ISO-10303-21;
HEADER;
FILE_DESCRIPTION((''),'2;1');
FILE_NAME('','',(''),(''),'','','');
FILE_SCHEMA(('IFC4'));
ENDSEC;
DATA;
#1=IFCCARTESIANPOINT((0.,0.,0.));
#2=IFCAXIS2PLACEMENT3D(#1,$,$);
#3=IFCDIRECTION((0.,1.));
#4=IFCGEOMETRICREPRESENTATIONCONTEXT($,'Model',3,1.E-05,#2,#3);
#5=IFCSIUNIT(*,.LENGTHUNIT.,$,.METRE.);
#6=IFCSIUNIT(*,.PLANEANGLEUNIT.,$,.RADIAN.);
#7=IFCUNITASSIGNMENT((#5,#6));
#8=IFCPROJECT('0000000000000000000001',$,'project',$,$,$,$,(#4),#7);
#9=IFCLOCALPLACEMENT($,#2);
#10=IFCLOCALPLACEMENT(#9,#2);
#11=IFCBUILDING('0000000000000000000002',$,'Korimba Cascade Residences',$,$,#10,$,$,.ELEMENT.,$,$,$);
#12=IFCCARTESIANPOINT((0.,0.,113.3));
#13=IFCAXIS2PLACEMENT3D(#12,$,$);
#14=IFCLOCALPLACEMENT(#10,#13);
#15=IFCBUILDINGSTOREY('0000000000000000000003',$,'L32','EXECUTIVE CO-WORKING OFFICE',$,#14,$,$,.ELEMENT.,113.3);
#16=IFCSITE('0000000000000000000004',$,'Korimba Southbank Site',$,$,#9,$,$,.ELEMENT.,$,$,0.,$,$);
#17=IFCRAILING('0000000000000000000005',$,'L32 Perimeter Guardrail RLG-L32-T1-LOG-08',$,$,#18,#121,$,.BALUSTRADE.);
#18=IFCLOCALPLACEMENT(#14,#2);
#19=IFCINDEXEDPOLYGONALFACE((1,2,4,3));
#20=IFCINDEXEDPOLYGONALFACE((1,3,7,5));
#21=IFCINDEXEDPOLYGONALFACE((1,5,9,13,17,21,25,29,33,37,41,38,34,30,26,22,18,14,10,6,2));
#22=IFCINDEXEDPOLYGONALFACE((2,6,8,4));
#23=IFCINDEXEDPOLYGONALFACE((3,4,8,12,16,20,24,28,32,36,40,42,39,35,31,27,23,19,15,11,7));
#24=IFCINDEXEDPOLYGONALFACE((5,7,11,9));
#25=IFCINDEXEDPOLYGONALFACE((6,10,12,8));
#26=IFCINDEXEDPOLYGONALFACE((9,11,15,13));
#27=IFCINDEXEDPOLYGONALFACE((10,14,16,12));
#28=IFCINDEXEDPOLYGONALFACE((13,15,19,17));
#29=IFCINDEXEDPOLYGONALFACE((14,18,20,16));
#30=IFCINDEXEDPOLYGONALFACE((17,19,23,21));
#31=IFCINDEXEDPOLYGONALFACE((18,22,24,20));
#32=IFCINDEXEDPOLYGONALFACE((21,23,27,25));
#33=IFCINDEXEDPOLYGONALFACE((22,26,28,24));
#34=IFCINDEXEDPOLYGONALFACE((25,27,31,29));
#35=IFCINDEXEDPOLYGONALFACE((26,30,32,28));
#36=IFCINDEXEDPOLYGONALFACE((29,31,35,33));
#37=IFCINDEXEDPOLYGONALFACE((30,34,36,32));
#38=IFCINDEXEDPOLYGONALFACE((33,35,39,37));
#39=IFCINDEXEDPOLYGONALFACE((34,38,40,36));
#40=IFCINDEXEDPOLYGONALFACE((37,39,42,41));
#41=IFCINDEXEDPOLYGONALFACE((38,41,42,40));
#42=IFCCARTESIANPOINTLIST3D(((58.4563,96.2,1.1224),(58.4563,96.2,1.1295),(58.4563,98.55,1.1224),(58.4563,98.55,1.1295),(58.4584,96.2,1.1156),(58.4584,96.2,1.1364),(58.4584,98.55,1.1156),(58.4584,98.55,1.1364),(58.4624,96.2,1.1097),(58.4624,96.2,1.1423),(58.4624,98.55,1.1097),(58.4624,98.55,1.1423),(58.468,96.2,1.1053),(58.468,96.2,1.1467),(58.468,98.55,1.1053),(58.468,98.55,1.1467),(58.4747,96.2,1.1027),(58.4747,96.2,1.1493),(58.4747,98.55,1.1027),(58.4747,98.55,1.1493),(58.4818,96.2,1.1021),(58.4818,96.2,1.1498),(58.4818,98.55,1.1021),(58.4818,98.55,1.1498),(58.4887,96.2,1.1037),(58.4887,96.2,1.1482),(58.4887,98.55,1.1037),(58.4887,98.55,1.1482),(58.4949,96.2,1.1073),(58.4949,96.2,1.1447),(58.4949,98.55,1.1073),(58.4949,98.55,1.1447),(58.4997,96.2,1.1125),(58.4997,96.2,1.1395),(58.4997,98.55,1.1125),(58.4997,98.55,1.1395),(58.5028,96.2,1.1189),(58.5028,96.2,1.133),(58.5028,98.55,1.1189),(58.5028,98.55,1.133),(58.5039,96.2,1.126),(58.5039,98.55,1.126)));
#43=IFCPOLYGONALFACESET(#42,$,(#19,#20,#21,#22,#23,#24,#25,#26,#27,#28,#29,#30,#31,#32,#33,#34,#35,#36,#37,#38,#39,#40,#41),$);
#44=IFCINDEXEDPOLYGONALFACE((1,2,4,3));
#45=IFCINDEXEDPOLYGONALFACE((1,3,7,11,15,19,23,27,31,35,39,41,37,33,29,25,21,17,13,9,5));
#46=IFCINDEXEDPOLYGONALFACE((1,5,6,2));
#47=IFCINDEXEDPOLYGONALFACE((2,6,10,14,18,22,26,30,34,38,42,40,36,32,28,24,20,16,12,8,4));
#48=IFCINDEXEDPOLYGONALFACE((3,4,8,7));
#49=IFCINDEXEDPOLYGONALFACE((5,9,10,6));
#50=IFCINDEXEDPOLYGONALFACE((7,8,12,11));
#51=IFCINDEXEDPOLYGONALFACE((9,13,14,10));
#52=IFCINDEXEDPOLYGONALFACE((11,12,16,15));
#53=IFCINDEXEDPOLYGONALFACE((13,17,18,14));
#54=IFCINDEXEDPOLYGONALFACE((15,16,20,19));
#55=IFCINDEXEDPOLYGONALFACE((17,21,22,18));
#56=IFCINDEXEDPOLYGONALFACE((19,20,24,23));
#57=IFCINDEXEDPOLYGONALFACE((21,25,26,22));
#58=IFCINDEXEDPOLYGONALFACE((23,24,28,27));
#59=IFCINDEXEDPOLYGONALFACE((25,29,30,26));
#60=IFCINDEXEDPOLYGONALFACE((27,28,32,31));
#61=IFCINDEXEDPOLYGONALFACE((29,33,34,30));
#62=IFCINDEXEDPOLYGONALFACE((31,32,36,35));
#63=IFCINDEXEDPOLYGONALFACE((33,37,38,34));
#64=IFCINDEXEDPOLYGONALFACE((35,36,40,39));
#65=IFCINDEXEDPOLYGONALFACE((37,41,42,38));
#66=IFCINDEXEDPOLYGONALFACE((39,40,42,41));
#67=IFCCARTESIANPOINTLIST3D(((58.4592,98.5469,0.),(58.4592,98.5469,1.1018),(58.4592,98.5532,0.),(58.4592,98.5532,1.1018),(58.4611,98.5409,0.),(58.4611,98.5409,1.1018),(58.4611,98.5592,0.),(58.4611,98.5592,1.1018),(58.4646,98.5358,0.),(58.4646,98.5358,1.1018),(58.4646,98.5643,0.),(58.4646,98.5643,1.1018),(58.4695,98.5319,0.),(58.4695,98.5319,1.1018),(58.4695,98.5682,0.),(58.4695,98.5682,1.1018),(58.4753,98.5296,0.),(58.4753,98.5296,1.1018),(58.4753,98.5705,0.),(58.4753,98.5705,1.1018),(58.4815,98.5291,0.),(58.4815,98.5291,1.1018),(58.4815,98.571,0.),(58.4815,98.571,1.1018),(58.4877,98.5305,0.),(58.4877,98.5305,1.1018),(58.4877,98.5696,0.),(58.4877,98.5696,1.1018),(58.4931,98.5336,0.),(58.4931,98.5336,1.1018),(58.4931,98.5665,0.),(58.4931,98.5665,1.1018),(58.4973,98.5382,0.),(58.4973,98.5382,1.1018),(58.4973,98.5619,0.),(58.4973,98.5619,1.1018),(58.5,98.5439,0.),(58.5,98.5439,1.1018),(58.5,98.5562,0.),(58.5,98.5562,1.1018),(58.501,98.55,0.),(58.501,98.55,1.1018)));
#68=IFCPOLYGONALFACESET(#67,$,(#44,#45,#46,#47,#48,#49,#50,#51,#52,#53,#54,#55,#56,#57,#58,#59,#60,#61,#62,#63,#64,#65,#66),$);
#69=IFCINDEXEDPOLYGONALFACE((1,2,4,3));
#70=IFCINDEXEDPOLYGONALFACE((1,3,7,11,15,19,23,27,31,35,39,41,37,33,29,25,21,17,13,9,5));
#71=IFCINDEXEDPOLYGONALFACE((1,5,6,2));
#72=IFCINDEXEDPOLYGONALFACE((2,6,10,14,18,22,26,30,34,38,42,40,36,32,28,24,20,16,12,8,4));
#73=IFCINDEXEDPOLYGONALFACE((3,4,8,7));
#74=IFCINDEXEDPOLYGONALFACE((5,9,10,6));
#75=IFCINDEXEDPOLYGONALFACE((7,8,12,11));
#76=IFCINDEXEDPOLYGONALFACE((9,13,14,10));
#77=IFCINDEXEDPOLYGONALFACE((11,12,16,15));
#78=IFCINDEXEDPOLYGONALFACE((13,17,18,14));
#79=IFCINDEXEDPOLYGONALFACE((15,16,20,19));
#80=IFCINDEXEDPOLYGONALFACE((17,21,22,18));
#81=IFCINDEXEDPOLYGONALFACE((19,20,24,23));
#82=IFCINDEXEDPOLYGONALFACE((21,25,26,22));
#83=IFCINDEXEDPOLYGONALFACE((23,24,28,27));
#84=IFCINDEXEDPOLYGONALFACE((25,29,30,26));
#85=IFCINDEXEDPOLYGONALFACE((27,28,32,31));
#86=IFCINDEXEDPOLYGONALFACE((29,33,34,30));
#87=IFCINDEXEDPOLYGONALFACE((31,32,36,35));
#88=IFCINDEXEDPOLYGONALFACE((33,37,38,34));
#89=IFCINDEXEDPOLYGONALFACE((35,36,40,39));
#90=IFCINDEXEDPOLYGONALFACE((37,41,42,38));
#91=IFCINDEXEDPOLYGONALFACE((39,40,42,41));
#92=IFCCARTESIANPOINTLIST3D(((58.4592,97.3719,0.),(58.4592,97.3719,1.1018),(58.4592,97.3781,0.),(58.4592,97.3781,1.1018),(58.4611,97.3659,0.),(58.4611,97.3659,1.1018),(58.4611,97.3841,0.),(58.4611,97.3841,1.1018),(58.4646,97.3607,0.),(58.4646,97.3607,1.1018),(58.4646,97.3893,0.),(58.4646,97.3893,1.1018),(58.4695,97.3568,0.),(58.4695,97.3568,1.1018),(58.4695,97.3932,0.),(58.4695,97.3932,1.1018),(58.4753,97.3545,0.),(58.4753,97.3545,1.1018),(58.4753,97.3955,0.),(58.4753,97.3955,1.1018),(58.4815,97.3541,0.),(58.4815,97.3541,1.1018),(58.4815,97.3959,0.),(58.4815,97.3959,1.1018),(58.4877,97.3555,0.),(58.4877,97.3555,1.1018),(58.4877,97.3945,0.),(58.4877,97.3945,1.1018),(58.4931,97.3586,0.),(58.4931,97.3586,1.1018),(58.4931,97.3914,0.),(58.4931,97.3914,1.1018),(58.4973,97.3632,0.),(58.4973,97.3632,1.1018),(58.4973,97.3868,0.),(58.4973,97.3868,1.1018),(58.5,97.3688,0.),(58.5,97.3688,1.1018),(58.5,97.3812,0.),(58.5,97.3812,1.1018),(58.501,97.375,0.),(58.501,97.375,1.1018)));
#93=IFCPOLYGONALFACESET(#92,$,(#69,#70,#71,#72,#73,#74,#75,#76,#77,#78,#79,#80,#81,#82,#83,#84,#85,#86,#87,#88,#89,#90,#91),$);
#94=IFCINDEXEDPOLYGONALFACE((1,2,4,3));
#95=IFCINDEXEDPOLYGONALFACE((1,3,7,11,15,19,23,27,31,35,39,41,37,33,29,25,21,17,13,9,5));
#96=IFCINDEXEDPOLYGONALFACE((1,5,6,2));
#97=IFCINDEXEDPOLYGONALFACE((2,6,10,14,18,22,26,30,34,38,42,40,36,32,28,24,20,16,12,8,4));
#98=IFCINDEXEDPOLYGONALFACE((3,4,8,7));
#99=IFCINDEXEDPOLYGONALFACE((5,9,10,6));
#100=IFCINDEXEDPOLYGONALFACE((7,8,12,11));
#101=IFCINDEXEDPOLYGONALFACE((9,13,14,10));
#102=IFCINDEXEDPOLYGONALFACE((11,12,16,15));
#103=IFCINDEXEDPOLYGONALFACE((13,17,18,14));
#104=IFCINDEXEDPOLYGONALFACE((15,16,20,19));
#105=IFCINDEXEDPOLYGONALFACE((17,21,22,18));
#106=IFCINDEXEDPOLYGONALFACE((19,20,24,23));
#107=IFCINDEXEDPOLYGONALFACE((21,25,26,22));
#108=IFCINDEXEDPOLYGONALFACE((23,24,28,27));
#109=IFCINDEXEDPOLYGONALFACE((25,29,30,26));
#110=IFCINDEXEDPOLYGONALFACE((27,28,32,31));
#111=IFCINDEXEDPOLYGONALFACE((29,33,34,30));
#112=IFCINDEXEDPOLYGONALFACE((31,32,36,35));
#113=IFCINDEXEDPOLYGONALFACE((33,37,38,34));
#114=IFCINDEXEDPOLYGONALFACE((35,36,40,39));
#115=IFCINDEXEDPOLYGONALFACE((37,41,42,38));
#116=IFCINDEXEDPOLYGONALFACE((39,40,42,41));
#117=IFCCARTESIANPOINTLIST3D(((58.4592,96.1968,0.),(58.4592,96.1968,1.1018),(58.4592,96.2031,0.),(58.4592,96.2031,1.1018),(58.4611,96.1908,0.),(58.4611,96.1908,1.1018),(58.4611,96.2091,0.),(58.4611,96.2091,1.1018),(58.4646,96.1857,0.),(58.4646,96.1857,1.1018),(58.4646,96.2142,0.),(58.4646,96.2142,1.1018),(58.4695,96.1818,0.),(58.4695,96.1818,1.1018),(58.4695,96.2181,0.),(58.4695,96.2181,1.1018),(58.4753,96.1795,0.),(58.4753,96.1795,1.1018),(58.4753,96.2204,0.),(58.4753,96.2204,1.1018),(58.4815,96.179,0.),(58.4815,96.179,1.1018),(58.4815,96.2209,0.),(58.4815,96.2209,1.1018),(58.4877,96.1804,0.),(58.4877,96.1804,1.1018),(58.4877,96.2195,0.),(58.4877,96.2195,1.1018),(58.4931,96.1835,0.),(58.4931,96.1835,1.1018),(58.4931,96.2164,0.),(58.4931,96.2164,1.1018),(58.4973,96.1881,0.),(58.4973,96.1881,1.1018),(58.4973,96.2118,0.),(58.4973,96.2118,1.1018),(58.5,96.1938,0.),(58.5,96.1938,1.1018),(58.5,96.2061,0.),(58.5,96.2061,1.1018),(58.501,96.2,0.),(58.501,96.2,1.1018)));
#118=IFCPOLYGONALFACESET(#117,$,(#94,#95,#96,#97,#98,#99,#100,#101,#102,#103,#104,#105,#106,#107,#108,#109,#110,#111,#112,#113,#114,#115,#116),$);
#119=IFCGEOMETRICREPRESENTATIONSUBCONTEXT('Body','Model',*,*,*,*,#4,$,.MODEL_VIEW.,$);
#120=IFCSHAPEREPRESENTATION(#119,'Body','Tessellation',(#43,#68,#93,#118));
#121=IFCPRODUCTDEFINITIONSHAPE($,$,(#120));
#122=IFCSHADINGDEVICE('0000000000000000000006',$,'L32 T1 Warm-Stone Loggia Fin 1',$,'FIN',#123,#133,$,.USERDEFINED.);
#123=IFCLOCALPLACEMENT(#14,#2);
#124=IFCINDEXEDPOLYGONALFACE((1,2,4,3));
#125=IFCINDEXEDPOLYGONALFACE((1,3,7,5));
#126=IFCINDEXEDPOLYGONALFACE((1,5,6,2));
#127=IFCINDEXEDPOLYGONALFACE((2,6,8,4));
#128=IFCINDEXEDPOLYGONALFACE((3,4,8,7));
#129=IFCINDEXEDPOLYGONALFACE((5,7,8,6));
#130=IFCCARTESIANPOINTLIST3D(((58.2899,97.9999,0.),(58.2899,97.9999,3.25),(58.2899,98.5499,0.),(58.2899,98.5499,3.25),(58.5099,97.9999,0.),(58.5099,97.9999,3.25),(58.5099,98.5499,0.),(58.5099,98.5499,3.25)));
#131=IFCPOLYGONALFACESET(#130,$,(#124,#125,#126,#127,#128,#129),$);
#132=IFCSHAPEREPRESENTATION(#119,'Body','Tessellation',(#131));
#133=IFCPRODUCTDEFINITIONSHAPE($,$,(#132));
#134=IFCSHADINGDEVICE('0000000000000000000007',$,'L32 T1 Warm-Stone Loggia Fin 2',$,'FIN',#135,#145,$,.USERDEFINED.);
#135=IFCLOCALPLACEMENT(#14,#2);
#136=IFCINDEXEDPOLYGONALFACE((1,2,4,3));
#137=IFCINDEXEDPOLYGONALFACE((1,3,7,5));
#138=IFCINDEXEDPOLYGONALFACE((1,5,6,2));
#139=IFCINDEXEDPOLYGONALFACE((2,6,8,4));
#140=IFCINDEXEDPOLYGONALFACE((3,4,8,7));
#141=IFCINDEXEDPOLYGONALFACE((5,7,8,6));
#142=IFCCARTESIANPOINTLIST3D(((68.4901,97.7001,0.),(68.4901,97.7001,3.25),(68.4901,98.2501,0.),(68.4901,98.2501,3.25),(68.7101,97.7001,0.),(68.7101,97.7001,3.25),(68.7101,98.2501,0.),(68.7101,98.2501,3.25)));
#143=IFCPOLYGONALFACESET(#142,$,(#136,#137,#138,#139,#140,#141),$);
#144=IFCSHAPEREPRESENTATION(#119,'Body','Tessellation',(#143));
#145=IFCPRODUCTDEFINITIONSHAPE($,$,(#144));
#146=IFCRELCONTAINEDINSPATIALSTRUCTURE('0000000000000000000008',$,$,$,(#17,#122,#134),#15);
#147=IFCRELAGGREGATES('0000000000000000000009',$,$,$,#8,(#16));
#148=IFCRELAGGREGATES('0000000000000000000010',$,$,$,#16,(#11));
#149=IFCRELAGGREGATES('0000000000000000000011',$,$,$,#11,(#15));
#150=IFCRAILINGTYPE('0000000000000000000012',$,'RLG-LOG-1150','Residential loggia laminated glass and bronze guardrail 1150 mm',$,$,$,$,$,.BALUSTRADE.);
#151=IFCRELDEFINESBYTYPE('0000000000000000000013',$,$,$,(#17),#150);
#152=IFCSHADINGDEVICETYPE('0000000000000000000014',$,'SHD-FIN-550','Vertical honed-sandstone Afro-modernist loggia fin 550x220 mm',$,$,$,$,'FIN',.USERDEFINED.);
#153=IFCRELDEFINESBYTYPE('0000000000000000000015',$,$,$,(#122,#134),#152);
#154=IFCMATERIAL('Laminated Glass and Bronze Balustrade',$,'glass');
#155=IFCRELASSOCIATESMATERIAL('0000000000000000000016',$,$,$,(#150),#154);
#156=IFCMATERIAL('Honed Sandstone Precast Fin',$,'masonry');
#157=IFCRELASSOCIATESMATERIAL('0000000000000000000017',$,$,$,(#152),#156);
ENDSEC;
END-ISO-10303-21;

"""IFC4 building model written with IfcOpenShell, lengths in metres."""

from ifc_helpers import new_model, si_unit, direction, frame, origin, origin_2d, place, context, subcontext, project, spatial, rectangle, circle, extrude, material, type_object, element, save


model = new_model("IFC4")

# Units and contexts
model_context = context("Model", 3, precision=1e-05, world=origin(), true_north=direction((0.0, 1.0)))
body_context = subcontext(model_context, "Body", "Model", "MODEL_VIEW")
ifc_project = project(units=[si_unit("LENGTHUNIT", "METRE"), si_unit("PLANEANGLEUNIT", "RADIAN")], contexts=[model_context])

# Site, building, storey
site_placement = place(None, origin())
site = spatial("IfcSite", under=ifc_project, at=site_placement, Name="Korimba Southbank Site", CompositionType="ELEMENT", RefElevation=0.0)
building_placement = place(site_placement, origin())
building = spatial("IfcBuilding", under=site, at=building_placement, Name="Korimba Cascade Residences", CompositionType="ELEMENT")
storey_placement = place(building_placement, frame((0.0, 0.0, 113.3)))
storey = spatial("IfcBuildingStorey", under=building, at=storey_placement, Name="L32", Description="EXECUTIVE CO-WORKING OFFICE", CompositionType="ELEMENT", Elevation=113.3)

# Railing
ifc_material_1 = material(Name="Laminated Glass and Bronze Balustrade", Category="glass")
railing_type = type_object("IfcRailingType", Name="RLG-LOG-1150", Description="Residential loggia laminated glass and bronze guardrail 1150 mm", PredefinedType="BALUSTRADE", material=ifc_material_1)
railing_1_placement = place(storey_placement, frame((58.48, 98.55, 0.0)))
element("IfcRailing", 1, at=railing_1_placement, inside=storey, type_object=railing_type, Name="L32 Perimeter Guardrail RLG-L32-T1-LOG-08", PredefinedType="BALUSTRADE", context=body_context, shape_type="SweptSolid", body=[
    extrude(circle(Radius=0.0239, at=origin_2d()), frame((0.0, 0.0, 1.126), z_axis=(0.0, -1.0, 0.0), x_axis=(1.0, 0.0, 0.0)), (0.0, 0.0, 1.0), 2.3501),
    extrude(circle(Radius=0.021, at=origin_2d()), origin(), (0.0, 0.0, 1.0), 1.1018),
    extrude(circle(Radius=0.021, at=origin_2d()), frame((0.0, -1.175, 0.0)), (0.0, 0.0, 1.0), 1.1018),
    extrude(circle(Radius=0.021, at=origin_2d()), frame((0.0, -2.3501, 0.0)), (0.0, 0.0, 1.0), 1.1018),
])

# Shading devices
ifc_material_2 = material(Name="Honed Sandstone Precast Fin", Category="masonry")
shading_device_type = type_object("IfcShadingDeviceType", Name="SHD-FIN-550", Description="Vertical honed-sandstone Afro-modernist loggia fin 550x220 mm", ElementType="FIN", PredefinedType="USERDEFINED", material=ifc_material_2)
for number, where, z_axis, x_axis, name in (
    (2, (58.3999, 98.2749, 0.0), (0.0, 0.0, 1.0), (1.0, 0.0, 0.0), "L32 T1 Warm-Stone Loggia Fin 1"),
    (3, (68.6001, 97.9751, 0.0), (0.0, 0.0, 1.0), (1.0, 0.0, 0.0), "L32 T1 Warm-Stone Loggia Fin 2"),
):
    element("IfcShadingDevice", number, at=place(storey_placement, frame(where, z_axis=z_axis, x_axis=x_axis)), inside=storey, type_object=shading_device_type, Name=name, ObjectType="FIN", PredefinedType="USERDEFINED", context=body_context, shape_type="SweptSolid", body=[
        extrude(rectangle(XDim=0.22, YDim=0.55, at=origin_2d()), origin(), (0.0, 0.0, 1.0), 3.25),
    ])

save(model, "model.ifc")
